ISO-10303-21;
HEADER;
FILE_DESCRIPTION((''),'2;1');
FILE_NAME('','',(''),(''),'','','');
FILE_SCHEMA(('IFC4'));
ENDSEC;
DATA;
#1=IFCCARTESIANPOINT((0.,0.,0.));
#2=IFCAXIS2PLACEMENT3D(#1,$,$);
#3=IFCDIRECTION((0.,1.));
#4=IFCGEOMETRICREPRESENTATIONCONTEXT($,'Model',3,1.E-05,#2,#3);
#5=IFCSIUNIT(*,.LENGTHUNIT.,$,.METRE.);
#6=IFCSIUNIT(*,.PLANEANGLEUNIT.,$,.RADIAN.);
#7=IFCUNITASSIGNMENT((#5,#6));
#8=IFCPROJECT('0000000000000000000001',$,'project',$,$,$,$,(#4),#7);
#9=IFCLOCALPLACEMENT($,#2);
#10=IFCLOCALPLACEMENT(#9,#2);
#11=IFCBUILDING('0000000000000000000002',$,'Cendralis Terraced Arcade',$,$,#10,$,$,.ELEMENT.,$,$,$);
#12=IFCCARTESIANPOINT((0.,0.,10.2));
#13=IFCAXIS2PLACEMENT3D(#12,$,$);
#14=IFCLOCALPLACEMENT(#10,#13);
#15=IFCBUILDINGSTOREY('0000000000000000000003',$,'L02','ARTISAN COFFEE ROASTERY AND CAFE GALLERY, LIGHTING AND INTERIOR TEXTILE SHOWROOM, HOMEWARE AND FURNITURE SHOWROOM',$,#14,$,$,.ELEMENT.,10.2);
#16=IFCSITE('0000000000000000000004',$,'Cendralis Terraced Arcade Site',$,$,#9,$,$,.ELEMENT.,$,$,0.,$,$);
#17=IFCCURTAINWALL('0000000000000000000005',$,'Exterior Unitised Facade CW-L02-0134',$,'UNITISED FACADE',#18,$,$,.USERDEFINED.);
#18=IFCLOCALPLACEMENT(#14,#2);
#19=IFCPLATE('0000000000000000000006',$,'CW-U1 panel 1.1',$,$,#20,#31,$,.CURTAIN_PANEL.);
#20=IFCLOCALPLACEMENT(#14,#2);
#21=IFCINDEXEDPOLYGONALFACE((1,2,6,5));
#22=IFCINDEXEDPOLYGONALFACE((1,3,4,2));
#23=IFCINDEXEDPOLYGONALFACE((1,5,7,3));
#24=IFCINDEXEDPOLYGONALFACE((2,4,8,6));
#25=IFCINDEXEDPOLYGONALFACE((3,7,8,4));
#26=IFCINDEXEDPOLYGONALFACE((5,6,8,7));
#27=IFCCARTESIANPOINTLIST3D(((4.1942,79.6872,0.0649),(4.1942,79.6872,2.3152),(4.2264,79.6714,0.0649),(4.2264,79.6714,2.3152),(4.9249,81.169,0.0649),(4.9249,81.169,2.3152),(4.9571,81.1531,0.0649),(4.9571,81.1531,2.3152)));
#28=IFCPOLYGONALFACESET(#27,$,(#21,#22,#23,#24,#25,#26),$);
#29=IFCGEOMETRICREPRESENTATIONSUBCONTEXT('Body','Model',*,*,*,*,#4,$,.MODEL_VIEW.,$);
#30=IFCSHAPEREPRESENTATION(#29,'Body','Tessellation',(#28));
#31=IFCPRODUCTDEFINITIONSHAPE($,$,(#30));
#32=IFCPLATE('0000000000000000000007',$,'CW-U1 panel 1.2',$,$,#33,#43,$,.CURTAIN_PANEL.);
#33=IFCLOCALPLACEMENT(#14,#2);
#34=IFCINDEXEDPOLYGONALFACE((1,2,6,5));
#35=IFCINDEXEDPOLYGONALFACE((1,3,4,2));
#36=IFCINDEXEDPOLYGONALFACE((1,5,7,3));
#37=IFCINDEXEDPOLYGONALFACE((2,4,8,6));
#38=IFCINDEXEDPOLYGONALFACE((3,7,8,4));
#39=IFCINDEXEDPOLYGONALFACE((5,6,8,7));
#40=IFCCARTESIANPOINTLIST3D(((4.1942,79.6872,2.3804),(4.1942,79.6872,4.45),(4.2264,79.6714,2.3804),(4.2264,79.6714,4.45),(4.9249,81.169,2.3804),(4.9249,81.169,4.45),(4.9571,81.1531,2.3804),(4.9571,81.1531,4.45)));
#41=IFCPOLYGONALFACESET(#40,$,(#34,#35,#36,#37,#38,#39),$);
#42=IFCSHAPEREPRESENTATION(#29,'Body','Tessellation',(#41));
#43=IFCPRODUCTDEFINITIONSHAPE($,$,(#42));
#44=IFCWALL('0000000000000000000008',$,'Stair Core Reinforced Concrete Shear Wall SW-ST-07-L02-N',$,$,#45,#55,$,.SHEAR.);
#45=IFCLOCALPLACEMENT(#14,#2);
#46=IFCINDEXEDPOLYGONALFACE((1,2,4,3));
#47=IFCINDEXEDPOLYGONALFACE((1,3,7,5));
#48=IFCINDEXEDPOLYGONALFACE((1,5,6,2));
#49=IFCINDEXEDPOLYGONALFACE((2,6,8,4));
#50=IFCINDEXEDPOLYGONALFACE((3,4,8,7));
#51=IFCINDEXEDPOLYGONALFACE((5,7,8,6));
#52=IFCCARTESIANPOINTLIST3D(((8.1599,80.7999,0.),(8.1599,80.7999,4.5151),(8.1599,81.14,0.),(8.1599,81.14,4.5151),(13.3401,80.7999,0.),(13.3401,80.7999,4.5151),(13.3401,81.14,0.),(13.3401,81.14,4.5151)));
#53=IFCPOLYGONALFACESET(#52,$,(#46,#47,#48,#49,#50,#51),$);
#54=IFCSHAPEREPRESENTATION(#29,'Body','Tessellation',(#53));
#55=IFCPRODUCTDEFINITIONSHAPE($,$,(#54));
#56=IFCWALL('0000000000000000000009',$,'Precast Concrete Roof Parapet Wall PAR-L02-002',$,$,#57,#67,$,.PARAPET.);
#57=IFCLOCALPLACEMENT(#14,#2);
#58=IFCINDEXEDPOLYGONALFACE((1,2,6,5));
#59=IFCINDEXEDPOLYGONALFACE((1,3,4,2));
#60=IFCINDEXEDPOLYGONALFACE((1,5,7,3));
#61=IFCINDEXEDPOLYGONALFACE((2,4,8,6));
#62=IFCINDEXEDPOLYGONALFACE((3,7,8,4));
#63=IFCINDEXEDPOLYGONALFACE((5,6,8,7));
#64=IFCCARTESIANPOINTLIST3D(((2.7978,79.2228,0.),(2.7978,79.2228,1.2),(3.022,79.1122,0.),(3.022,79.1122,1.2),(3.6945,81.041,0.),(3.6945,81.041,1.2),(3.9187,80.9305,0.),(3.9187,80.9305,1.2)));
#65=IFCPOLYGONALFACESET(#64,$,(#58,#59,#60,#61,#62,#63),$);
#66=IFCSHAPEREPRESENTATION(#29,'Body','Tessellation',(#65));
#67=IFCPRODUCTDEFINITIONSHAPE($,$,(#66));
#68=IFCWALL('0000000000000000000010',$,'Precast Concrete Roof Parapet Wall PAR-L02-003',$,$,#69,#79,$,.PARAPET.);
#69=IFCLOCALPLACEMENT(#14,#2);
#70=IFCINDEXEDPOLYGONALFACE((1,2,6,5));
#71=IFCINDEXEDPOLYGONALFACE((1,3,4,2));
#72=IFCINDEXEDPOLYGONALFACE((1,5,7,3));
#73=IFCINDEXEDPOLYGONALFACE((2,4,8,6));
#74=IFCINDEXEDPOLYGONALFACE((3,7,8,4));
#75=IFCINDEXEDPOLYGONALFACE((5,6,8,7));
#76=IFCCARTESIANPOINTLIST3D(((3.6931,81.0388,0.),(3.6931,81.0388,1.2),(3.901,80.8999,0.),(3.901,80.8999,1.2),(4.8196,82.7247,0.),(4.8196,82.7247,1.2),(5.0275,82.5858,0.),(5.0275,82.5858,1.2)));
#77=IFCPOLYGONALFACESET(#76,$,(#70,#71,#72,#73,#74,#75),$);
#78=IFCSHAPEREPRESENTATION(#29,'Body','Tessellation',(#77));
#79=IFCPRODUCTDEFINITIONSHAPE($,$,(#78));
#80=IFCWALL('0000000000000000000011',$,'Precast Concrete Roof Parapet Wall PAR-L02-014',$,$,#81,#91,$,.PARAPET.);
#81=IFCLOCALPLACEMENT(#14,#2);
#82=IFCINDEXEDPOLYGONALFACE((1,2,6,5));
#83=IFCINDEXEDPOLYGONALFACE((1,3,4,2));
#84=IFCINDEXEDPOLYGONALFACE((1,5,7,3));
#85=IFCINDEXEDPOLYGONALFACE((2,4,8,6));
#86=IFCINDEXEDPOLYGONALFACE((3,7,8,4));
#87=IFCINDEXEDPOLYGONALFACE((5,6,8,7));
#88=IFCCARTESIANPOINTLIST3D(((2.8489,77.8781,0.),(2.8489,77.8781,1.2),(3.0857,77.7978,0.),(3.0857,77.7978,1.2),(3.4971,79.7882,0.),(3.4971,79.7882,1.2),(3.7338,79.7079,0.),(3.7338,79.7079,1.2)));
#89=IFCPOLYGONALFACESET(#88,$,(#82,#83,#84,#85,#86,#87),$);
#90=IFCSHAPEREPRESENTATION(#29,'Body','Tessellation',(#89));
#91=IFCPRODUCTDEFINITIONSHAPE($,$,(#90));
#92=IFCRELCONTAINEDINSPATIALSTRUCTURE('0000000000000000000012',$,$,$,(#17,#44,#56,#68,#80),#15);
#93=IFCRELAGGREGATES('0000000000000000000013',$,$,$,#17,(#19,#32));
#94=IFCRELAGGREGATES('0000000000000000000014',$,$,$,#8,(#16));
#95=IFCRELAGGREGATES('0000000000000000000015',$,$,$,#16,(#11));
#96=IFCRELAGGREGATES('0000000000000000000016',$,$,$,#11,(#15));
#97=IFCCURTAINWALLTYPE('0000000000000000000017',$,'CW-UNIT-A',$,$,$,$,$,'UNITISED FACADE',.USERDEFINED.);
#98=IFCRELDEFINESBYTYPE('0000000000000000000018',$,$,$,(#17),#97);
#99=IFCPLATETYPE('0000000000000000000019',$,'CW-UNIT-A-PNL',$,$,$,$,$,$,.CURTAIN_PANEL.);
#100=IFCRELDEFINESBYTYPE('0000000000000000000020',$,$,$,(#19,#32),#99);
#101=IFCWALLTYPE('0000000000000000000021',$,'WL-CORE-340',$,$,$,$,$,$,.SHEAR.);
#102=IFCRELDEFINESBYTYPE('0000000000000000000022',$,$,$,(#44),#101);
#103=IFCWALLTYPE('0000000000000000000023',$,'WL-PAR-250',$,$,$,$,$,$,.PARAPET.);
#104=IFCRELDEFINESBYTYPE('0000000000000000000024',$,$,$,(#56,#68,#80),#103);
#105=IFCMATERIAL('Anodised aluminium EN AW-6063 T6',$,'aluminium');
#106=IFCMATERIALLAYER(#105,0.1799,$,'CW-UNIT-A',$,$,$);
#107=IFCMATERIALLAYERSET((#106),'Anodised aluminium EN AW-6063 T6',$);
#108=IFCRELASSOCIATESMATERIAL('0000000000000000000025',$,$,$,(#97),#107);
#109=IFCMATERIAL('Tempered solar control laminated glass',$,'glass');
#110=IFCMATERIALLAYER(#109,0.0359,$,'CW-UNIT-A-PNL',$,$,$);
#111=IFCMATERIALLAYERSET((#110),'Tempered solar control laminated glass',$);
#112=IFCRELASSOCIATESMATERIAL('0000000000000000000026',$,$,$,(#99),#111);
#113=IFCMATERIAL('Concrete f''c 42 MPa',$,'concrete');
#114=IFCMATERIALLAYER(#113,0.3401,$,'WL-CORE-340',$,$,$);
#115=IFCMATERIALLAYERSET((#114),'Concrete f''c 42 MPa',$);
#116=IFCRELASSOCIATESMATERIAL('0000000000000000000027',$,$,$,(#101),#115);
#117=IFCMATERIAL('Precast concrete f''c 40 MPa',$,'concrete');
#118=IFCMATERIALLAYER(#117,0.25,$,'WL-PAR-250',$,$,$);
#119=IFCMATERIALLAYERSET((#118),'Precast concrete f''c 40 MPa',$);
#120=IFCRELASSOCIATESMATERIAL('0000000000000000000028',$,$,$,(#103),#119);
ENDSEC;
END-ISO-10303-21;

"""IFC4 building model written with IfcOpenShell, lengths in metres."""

from ifc_helpers import new_model, si_unit, direction, frame, frame_2d, origin, origin_2d, place, context, subcontext, project, spatial, rectangle, extrude, material, layer, layer_set, type_object, element, aggregate, save


model = new_model("IFC4")

# Units and contexts
model_context = context("Model", 3, precision=1e-05, world=origin(), true_north=direction((0.0, 1.0)))
body_context = subcontext(model_context, "Body", "Model", "MODEL_VIEW")
ifc_project = project(units=[si_unit("LENGTHUNIT", "METRE"), si_unit("PLANEANGLEUNIT", "RADIAN")], contexts=[model_context])

# Site, building, storey
site_placement = place(None, origin())
site = spatial("IfcSite", under=ifc_project, at=site_placement, Name="Cendralis Terraced Arcade Site", CompositionType="ELEMENT", RefElevation=0.0)
building_placement = place(site_placement, origin())
building = spatial("IfcBuilding", under=site, at=building_placement, Name="Cendralis Terraced Arcade", CompositionType="ELEMENT")
storey_placement = place(building_placement, frame((0.0, 0.0, 10.2)))
storey = spatial("IfcBuildingStorey", under=building, at=storey_placement, Name="L02", Description="ARTISAN COFFEE ROASTERY AND CAFE GALLERY, LIGHTING AND INTERIOR TEXTILE SHOWROOM, HOMEWARE AND FURNITURE SHOWROOM", CompositionType="ELEMENT", Elevation=10.2)

# Shared definitions
ifc_material_1 = material(Name="Anodised aluminium EN AW-6063 T6", Category="aluminium")
ifc_layer_1 = layer(ifc_material_1, 0.1799, Name="CW-UNIT-A")
ifc_layer_set_1 = layer_set([ifc_layer_1], Name="Anodised aluminium EN AW-6063 T6")
curtain_wall_type = type_object("IfcCurtainWallType", Name="CW-UNIT-A", ElementType="UNITISED FACADE", PredefinedType="USERDEFINED", material=ifc_layer_set_1)

# Curtain wall
curtain_wall_1_placement = place(storey_placement, origin())
curtain_wall_1 = element("IfcCurtainWall", 1, at=curtain_wall_1_placement, inside=storey, type_object=curtain_wall_type, Name="Exterior Unitised Facade CW-L02-0134", ObjectType="UNITISED FACADE", PredefinedType="USERDEFINED")

# Plates
ifc_material_2 = material(Name="Tempered solar control laminated glass", Category="glass")
ifc_layer_2 = layer(ifc_material_2, 0.0359, Name="CW-UNIT-A-PNL")
ifc_layer_set_2 = layer_set([ifc_layer_2], Name="Tempered solar control laminated glass")
plate_type = type_object("IfcPlateType", Name="CW-UNIT-A-PNL", PredefinedType="CURTAIN_PANEL", material=ifc_layer_set_2)
plate_1_placement = place(storey_placement, frame((4.5757, 80.4202, 0.0649), z_axis=(0.0, 0.0, 1.0), x_axis=(0.442291, 0.896871, 0.0)))
plate_1 = element("IfcPlate", 2, at=plate_1_placement, type_object=plate_type, Name="CW-U1 panel 1.1", PredefinedType="CURTAIN_PANEL", context=body_context, shape_type="SweptSolid", body=[
    extrude(rectangle(XDim=1.6521, YDim=0.0359, at=origin_2d()), origin(), (0.0, 0.0, 1.0), 2.2502),
])
plate_2_placement = place(storey_placement, frame((4.5757, 80.4202, 2.3804), z_axis=(0.0, 0.0, 1.0), x_axis=(0.442291, 0.896871, 0.0)))
plate_2 = element("IfcPlate", 3, at=plate_2_placement, type_object=plate_type, Name="CW-U1 panel 1.2", PredefinedType="CURTAIN_PANEL", context=body_context, shape_type="SweptSolid", body=[
    extrude(rectangle(XDim=1.6521, YDim=0.0359, at=origin_2d()), origin(), (0.0, 0.0, 1.0), 2.0696),
])
aggregate(curtain_wall_1, [plate_1, plate_2])

# Walls
ifc_material_3 = material(Name="Concrete f'c 42 MPa", Category="concrete")
ifc_layer_3 = layer(ifc_material_3, 0.3401, Name="WL-CORE-340")
ifc_layer_set_3 = layer_set([ifc_layer_3], Name="Concrete f'c 42 MPa")
wall_type_1 = type_object("IfcWallType", Name="WL-CORE-340", PredefinedType="SHEAR", material=ifc_layer_set_3)
wall_1_placement = place(storey_placement, frame((8.1599, 80.97, 0.0), z_axis=(0.0, 0.0, 1.0), x_axis=(1.0, 0.0, 0.0)))
element("IfcWall", 4, at=wall_1_placement, inside=storey, type_object=wall_type_1, Name="Stair Core Reinforced Concrete Shear Wall SW-ST-07-L02-N", PredefinedType="SHEAR", context=body_context, shape_type="SweptSolid", body=[
    extrude(rectangle(XDim=5.1802, YDim=0.3401, at=frame_2d((2.5901, 0.0))), origin(), (0.0, 0.0, 1.0), 4.5151),
])
ifc_material_4 = material(Name="Precast concrete f'c 40 MPa", Category="concrete")
ifc_layer_4 = layer(ifc_material_4, 0.25, Name="WL-PAR-250")
ifc_layer_set_4 = layer_set([ifc_layer_4], Name="Precast concrete f'c 40 MPa")
wall_type_2 = type_object("IfcWallType", Name="WL-PAR-250", PredefinedType="PARAPET", material=ifc_layer_set_4)
wall_2_placement = place(storey_placement, frame((2.9099, 79.1675, 0.0), z_axis=(0.0, 0.0, 1.0), x_axis=(0.442294, 0.89687, 0.0)))
element("IfcWall", 5, at=wall_2_placement, inside=storey, type_object=wall_type_2, Name="Precast Concrete Roof Parapet Wall PAR-L02-002", PredefinedType="PARAPET", context=body_context, shape_type="SweptSolid", body=[
    extrude(rectangle(XDim=2.0273, YDim=0.25, at=frame_2d((1.0137, 0.0))), origin(), (0.0, 0.0, 1.0), 1.2),
])
wall_3_placement = place(storey_placement, frame((3.7971, 80.9695, 0.0), z_axis=(0.0, 0.0, 1.0), x_axis=(0.555589, 0.831457, 0.0)))
element("IfcWall", 6, at=wall_3_placement, inside=storey, type_object=wall_type_2, Name="Precast Concrete Roof Parapet Wall PAR-L02-003", PredefinedType="PARAPET", context=body_context, shape_type="SweptSolid", body=[
    extrude(rectangle(XDim=2.0276, YDim=0.25, at=frame_2d((1.0137, 0.0))), origin(), (0.0, 0.0, 1.0), 1.2),
])
wall_4_placement = place(storey_placement, frame((3.6155, 79.748, 0.0), z_axis=(0.0, 0.0, 1.0), x_axis=(-0.321343, -0.946963, 0.0)))
element("IfcWall", 7, at=wall_4_placement, inside=storey, type_object=wall_type_2, Name="Precast Concrete Roof Parapet Wall PAR-L02-014", PredefinedType="PARAPET", context=body_context, shape_type="SweptSolid", body=[
    extrude(rectangle(XDim=2.0171, YDim=0.25, at=frame_2d((1.0085, 0.0))), origin(), (0.0, 0.0, 1.0), 1.2),
])

save(model, "model.ifc")
